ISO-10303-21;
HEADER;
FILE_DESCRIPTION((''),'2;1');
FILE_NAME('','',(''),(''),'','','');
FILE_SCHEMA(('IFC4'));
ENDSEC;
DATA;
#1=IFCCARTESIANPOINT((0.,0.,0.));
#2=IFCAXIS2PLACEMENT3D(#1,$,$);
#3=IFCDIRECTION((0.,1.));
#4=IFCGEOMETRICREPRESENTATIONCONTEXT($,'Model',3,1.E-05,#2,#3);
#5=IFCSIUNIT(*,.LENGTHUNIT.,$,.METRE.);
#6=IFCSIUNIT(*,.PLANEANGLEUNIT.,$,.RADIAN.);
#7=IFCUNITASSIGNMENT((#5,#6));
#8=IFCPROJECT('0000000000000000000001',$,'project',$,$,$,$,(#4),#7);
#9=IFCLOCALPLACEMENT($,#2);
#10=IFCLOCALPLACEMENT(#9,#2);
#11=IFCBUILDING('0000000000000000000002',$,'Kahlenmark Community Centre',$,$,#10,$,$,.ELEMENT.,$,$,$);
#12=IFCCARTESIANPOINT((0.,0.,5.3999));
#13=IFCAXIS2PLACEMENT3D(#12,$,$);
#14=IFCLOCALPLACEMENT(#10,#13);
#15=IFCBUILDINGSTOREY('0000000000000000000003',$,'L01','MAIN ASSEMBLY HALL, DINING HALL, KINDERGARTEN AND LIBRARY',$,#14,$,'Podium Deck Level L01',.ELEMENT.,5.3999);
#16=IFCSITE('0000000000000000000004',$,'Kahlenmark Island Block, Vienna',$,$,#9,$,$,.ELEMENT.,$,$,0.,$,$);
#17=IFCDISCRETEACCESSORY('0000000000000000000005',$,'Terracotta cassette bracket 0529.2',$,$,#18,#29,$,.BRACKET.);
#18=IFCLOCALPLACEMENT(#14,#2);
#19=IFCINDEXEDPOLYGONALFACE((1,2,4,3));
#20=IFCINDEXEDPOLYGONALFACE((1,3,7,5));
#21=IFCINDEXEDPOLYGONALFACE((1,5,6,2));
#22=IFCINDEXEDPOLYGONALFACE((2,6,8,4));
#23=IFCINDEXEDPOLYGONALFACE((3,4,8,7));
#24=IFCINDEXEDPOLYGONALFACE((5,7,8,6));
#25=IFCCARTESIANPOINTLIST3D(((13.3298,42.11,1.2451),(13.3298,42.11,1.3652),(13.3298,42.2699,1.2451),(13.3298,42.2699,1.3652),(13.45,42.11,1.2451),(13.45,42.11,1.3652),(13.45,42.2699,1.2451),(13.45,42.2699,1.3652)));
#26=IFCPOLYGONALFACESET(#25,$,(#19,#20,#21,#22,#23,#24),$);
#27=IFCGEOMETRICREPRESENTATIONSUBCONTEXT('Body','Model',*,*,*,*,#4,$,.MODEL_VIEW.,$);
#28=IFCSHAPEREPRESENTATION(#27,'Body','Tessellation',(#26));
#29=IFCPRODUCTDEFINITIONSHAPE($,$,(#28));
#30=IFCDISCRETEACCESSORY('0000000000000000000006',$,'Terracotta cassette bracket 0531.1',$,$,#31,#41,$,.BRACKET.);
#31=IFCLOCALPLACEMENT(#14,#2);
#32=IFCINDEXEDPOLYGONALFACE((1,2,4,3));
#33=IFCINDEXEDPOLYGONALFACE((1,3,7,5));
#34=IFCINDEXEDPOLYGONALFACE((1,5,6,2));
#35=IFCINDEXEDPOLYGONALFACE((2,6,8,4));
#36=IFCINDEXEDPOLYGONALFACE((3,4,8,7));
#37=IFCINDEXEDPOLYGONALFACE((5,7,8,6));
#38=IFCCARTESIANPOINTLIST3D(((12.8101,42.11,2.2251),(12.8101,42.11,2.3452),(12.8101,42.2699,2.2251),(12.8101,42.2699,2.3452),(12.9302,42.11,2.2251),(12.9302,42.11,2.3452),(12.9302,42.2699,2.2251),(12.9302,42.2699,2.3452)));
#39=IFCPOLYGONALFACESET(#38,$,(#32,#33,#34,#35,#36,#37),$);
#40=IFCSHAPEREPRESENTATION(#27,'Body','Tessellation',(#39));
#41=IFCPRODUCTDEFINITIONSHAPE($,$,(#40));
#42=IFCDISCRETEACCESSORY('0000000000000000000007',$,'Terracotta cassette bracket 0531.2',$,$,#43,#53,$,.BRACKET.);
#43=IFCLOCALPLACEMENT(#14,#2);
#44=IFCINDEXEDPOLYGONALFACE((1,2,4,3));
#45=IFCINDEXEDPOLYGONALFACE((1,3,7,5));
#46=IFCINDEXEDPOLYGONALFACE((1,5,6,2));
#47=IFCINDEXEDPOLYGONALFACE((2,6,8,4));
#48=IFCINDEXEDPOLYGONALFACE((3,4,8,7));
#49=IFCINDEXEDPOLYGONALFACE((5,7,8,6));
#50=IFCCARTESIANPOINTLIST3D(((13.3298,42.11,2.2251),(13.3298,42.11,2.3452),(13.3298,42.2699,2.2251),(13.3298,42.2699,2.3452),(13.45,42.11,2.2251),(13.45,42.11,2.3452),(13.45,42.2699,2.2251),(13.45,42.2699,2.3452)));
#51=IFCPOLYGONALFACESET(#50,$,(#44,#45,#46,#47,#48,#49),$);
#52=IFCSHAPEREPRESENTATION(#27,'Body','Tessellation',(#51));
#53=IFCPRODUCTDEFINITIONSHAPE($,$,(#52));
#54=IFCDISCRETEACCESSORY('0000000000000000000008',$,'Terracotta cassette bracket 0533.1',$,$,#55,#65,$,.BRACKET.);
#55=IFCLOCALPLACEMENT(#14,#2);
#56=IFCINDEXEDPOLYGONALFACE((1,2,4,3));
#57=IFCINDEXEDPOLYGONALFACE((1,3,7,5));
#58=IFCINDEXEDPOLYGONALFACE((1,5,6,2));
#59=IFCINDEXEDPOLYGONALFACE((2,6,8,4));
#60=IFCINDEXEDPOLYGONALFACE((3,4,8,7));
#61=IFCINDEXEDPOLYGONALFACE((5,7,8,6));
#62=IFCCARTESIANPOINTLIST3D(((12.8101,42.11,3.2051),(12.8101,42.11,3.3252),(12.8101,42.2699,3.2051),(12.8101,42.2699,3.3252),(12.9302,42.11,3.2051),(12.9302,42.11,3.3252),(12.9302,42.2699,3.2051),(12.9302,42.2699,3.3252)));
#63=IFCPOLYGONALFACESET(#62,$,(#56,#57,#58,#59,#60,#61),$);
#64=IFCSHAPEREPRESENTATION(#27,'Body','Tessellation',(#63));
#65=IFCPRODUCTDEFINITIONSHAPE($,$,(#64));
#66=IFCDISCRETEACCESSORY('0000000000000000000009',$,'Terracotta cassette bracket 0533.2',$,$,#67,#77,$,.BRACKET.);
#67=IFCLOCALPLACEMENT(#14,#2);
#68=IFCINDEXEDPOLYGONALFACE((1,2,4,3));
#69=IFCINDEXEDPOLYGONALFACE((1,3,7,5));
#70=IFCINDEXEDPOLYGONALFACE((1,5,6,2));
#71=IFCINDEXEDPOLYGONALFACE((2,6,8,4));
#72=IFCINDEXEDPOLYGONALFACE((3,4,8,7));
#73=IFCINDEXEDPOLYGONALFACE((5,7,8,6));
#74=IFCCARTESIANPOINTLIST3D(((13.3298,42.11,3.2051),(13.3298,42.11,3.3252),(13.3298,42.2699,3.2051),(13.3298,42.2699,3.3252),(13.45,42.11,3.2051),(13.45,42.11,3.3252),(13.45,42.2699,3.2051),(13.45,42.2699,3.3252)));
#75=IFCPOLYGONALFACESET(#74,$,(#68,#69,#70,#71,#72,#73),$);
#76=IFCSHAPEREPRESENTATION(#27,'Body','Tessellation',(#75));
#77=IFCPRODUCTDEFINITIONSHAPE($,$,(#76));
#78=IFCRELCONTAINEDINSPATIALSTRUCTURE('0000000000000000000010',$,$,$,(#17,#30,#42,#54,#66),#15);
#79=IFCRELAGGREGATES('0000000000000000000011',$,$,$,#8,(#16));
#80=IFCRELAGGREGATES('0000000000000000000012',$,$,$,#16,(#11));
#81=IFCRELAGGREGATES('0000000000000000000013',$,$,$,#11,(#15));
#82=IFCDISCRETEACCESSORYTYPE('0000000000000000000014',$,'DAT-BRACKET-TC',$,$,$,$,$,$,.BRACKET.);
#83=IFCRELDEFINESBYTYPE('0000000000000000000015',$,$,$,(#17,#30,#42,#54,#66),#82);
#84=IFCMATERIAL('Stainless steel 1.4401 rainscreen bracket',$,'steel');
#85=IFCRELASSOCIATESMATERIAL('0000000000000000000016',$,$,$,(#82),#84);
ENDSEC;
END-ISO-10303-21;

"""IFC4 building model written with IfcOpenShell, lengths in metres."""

from ifc_helpers import new_model, si_unit, direction, frame, origin, origin_2d, place, context, subcontext, project, spatial, rectangle, extrude, material, type_object, element, save


model = new_model("IFC4")

# Units and contexts
model_context = context("Model", 3, precision=1e-05, world=origin(), true_north=direction((0.0, 1.0)))
body_context = subcontext(model_context, "Body", "Model", "MODEL_VIEW")
ifc_project = project(units=[si_unit("LENGTHUNIT", "METRE"), si_unit("PLANEANGLEUNIT", "RADIAN")], contexts=[model_context])

# Site, building, storey
site_placement = place(None, origin())
site = spatial("IfcSite", under=ifc_project, at=site_placement, Name="Kahlenmark Island Block, Vienna", CompositionType="ELEMENT", RefElevation=0.0)
building_placement = place(site_placement, origin())
building = spatial("IfcBuilding", under=site, at=building_placement, Name="Kahlenmark Community Centre", CompositionType="ELEMENT")
storey_placement = place(building_placement, frame((0.0, 0.0, 5.3999)))
storey = spatial("IfcBuildingStorey", under=building, at=storey_placement, Name="L01", Description="MAIN ASSEMBLY HALL, DINING HALL, KINDERGARTEN AND LIBRARY", LongName="Podium Deck Level L01", CompositionType="ELEMENT", Elevation=5.3999)

# Discrete accessories
ifc_material_1 = material(Name="Stainless steel 1.4401 rainscreen bracket", Category="steel")
discrete_accessory_type = type_object("IfcDiscreteAccessoryType", Name="DAT-BRACKET-TC", PredefinedType="BRACKET", material=ifc_material_1)
for number, where, z_axis, x_axis, name in (
    (1, (13.3899, 42.1899, 1.2451), (0.0, 0.0, 1.0), (1.0, 0.0, 0.0), "Terracotta cassette bracket 0529.2"),
    (2, (12.8701, 42.1899, 2.2251), (0.0, 0.0, 1.0), (1.0, 0.0, 0.0), "Terracotta cassette bracket 0531.1"),
    (3, (13.3899, 42.1899, 2.2251), (0.0, 0.0, 1.0), (1.0, 0.0, 0.0), "Terracotta cassette bracket 0531.2"),
    (4, (12.8701, 42.1899, 3.2051), (0.0, 0.0, 1.0), (1.0, 0.0, 0.0), "Terracotta cassette bracket 0533.1"),
    (5, (13.3899, 42.1899, 3.2051), (0.0, 0.0, 1.0), (1.0, 0.0, 0.0), "Terracotta cassette bracket 0533.2"),
):
    element("IfcDiscreteAccessory", number, at=place(storey_placement, frame(where, z_axis=z_axis, x_axis=x_axis)), inside=storey, type_object=discrete_accessory_type, Name=name, PredefinedType="BRACKET", context=body_context, shape_type="SweptSolid", body=[
        extrude(rectangle(XDim=0.1201, YDim=0.1599, at=origin_2d()), origin(), (0.0, 0.0, 1.0), 0.1201),
    ])

save(model, "model.ifc")
